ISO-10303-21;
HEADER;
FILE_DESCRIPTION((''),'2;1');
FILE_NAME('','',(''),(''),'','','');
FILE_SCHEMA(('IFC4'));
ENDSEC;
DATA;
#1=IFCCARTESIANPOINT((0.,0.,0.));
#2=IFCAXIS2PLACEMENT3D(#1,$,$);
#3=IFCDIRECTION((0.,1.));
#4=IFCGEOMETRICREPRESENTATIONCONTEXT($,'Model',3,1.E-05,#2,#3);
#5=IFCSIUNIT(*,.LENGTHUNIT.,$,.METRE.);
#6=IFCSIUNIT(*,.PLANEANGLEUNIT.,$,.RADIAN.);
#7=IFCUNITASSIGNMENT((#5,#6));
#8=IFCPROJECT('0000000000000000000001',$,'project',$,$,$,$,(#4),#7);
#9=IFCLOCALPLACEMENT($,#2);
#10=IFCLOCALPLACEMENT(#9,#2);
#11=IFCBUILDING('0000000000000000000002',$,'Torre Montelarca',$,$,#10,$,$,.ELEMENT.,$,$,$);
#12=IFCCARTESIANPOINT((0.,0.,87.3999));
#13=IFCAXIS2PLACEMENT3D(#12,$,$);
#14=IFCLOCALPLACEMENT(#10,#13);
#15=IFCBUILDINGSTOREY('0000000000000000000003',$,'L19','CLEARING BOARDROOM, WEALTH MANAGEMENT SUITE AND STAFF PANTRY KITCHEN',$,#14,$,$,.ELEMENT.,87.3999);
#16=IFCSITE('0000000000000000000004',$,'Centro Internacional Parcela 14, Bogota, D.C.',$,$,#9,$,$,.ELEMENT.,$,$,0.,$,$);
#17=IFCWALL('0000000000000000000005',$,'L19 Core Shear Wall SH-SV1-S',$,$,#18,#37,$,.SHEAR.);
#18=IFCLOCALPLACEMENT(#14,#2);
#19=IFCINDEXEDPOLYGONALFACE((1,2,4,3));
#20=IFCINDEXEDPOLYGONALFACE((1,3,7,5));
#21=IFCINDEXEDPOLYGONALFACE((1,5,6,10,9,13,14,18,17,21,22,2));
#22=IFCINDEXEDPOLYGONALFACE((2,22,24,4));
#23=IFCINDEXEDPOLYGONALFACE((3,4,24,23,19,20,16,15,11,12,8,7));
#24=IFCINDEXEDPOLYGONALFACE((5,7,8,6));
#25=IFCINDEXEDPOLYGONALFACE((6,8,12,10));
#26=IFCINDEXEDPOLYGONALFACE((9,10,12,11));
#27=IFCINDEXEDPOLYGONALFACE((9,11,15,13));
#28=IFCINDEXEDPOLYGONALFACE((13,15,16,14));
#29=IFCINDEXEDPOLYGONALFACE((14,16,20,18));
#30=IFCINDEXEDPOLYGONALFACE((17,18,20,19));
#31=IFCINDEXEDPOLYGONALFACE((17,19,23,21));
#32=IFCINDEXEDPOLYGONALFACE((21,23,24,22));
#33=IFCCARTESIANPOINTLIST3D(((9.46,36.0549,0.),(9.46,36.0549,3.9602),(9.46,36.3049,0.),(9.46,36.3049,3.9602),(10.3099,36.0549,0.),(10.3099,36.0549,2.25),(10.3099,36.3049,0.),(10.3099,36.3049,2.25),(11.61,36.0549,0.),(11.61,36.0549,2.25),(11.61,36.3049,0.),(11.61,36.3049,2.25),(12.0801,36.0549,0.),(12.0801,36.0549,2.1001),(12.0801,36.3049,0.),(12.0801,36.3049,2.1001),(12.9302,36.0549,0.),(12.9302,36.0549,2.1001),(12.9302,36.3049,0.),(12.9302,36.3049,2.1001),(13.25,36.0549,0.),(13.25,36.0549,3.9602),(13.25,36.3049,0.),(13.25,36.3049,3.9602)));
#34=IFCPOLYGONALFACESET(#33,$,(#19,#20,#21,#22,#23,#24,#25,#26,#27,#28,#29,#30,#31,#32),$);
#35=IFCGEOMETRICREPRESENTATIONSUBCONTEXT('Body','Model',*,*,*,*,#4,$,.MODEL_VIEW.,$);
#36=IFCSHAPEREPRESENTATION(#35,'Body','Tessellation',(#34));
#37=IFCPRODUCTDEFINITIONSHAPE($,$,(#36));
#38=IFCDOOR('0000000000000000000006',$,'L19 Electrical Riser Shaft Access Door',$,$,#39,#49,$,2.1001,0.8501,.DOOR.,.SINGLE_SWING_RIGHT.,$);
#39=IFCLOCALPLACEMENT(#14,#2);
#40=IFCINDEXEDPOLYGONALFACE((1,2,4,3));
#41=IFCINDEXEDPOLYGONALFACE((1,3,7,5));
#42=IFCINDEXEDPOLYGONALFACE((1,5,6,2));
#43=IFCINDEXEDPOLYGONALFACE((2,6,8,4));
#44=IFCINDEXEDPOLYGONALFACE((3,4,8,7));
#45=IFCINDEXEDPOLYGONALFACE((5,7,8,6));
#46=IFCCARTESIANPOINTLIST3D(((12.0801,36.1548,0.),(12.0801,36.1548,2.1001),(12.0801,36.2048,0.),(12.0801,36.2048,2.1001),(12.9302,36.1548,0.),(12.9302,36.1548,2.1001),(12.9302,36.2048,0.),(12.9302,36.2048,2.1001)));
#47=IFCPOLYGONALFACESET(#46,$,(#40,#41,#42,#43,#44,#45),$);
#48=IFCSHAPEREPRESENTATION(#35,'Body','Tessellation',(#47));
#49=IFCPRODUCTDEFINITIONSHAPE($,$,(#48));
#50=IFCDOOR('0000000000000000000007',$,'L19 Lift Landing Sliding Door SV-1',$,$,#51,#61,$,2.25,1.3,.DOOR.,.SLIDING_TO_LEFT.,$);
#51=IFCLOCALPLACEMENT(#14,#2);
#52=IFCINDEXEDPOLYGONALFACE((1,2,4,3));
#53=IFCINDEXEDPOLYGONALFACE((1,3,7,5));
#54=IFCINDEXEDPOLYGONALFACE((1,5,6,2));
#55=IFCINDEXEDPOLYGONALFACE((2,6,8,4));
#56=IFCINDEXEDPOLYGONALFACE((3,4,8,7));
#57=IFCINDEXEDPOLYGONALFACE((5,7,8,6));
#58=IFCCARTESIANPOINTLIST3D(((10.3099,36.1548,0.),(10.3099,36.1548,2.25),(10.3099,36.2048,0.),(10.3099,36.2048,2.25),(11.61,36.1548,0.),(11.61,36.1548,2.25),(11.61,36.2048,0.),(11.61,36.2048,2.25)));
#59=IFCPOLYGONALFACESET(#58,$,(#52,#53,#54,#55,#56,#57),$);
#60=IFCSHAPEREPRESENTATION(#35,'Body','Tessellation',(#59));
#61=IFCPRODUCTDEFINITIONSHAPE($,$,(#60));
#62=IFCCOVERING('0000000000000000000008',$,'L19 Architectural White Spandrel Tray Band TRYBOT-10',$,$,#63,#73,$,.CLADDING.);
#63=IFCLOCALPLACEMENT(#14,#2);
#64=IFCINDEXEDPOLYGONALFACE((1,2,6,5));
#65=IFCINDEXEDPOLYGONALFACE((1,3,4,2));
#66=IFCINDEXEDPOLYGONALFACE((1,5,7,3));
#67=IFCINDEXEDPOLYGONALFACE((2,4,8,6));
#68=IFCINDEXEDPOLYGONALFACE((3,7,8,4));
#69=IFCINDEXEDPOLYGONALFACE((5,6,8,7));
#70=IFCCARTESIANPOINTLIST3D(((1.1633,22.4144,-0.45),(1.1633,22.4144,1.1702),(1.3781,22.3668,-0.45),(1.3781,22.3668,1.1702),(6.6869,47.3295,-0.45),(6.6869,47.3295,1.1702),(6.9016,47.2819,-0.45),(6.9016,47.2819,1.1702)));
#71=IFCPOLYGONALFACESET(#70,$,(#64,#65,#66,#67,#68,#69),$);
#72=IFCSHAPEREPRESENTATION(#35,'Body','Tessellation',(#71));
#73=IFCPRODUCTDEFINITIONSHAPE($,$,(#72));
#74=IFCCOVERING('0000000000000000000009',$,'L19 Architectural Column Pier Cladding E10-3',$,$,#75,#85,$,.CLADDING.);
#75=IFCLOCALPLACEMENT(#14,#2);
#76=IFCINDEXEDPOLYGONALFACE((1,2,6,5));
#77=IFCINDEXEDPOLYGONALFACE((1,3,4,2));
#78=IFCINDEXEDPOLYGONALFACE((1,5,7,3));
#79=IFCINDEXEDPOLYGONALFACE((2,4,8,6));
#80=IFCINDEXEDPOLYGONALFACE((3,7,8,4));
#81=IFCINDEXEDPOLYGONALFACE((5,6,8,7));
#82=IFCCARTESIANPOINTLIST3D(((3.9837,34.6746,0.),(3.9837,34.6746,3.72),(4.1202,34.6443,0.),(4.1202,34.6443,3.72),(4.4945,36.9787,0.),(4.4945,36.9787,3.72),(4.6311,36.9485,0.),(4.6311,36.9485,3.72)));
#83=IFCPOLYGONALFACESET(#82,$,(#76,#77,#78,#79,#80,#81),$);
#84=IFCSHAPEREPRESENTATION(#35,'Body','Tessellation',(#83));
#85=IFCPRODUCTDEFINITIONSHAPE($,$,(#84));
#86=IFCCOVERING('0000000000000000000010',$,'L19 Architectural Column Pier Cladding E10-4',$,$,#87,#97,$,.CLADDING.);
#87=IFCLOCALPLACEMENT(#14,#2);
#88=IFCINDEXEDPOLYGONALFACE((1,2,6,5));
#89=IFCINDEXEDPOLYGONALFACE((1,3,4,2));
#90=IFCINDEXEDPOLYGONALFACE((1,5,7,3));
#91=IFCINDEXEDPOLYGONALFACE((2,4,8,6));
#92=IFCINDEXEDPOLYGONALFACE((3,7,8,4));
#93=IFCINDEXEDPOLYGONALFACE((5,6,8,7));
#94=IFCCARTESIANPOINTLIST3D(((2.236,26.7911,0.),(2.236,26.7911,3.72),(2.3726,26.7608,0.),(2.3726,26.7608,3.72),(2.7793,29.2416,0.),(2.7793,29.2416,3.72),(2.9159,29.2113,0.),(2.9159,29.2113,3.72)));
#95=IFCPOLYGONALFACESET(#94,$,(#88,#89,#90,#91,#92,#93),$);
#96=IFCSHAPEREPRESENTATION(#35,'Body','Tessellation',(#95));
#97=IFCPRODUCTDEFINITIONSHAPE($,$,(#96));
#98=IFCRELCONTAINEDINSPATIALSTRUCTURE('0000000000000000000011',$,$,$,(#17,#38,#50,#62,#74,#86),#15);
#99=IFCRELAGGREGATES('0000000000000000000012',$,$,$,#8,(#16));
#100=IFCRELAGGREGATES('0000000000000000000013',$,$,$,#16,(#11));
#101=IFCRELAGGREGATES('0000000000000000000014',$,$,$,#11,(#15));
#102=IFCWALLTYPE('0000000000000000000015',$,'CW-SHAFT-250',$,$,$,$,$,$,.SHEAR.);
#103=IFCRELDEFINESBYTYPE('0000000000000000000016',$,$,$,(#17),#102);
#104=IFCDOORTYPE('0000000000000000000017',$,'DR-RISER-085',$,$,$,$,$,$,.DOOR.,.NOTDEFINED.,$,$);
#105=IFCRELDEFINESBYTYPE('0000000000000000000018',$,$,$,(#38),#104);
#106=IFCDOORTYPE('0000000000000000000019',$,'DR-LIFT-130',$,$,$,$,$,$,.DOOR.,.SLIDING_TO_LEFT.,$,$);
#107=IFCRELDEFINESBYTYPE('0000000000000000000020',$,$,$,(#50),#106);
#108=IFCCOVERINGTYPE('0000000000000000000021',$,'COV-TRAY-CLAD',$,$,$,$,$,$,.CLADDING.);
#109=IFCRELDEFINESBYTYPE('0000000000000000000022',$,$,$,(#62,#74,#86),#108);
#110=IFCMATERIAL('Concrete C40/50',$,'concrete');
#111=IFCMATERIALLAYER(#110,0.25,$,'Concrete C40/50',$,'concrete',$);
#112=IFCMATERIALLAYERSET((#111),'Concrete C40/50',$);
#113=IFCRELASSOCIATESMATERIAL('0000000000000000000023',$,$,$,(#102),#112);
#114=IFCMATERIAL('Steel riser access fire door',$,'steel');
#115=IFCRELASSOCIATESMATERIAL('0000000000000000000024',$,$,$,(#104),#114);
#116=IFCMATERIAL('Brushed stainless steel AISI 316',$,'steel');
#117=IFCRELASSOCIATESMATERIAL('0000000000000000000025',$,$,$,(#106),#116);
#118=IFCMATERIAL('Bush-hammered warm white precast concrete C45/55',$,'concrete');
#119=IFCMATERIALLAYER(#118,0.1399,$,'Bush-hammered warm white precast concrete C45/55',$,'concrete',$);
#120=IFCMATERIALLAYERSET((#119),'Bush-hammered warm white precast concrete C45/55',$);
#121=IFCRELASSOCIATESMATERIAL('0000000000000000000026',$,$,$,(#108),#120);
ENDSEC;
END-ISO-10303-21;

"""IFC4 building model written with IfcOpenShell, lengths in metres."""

from ifc_helpers import new_model, si_unit, direction, frame, frame_2d, origin, origin_2d, place, context, subcontext, project, spatial, rectangle, extrude, source, transform, mapped, material, layer, layer_set, type_object, element, fill, save


model = new_model("IFC4")

# Units and contexts
model_context = context("Model", 3, precision=1e-05, world=origin(), true_north=direction((0.0, 1.0)))
body_context = subcontext(model_context, "Body", "Model", "MODEL_VIEW")
ifc_project = project(units=[si_unit("LENGTHUNIT", "METRE"), si_unit("PLANEANGLEUNIT", "RADIAN")], contexts=[model_context])

# Site, building, storey
site_placement = place(None, origin())
site = spatial("IfcSite", under=ifc_project, at=site_placement, Name="Centro Internacional Parcela 14, Bogota, D.C.", CompositionType="ELEMENT", RefElevation=0.0)
building_placement = place(site_placement, origin())
building = spatial("IfcBuilding", under=site, at=building_placement, Name="Torre Montelarca", CompositionType="ELEMENT")
storey_placement = place(building_placement, frame((0.0, 0.0, 87.3999)))
storey = spatial("IfcBuildingStorey", under=building, at=storey_placement, Name="L19", Description="CLEARING BOARDROOM, WEALTH MANAGEMENT SUITE AND STAFF PANTRY KITCHEN", CompositionType="ELEMENT", Elevation=87.3999)

# Shared definitions
ifc_material_1 = material(Name="Concrete C40/50", Category="concrete")
ifc_layer_1 = layer(ifc_material_1, 0.25, Name="Concrete C40/50", Category="concrete")
ifc_layer_set_1 = layer_set([ifc_layer_1], Name="Concrete C40/50")
wall_type_1 = type_object("IfcWallType", Name="CW-SHAFT-250", PredefinedType="SHEAR", material=ifc_layer_set_1)

# Wall, openings, doors
wall_1_placement = place(storey_placement, frame((9.46, 36.1799, 0.0), z_axis=(0.0, 0.0, 1.0), x_axis=(1.0, 0.0, 0.0)))
wall_1 = element("IfcWall", 1, at=wall_1_placement, inside=storey, type_object=wall_type_1, Name="L19 Core Shear Wall SH-SV1-S", PredefinedType="SHEAR", context=body_context, shape_type="SweptSolid", body=[
    extrude(rectangle(XDim=3.79, YDim=0.25, at=frame_2d((1.895, 0.0))), origin(), (0.0, 0.0, 1.0), 3.9602),
])
opening_1_placement = place(wall_1_placement, frame((2.6201, 0.0, 0.0)))
opening_1 = element("IfcOpeningElement", 2, at=opening_1_placement, cuts=wall_1, PredefinedType="OPENING", context=body_context, shape_type="SweptSolid", body=[
    extrude(rectangle(XDim=0.8501, YDim=2.1001, at=frame_2d((0.425, 1.05))), frame((0.0, 0.135, 0.0), z_axis=(0.0, -1.0, 0.0), x_axis=(1.0, 0.0, 0.0)), (0.0, 0.0, 1.0), 0.27),
])
opening_2_placement = place(wall_1_placement, frame((0.8501, 0.0, 0.0)))
opening_2 = element("IfcOpeningElement", 3, at=opening_2_placement, cuts=wall_1, PredefinedType="OPENING", context=body_context, shape_type="SweptSolid", body=[
    extrude(rectangle(XDim=1.3, YDim=2.25, at=frame_2d((0.6499, 1.125))), frame((0.0, 0.135, 0.0), z_axis=(0.0, -1.0, 0.0), x_axis=(1.0, 0.0, 0.0)), (0.0, 0.0, 1.0), 0.27),
])
ifc_material_2 = material(Name="Steel riser access fire door", Category="steel")
door_type_1 = type_object("IfcDoorType", Name="DR-RISER-085", OperationType="NOTDEFINED", PredefinedType="DOOR", material=ifc_material_2)
shared_shape_1 = source(origin(), body_context, "Body", "SweptSolid", [
    extrude(rectangle(XDim=0.8501, YDim=2.1001, at=frame_2d((0.425, 1.05))), frame((0.0, 0.0249, 0.0), z_axis=(0.0, -1.0, 0.0), x_axis=(1.0, 0.0, 0.0)), (0.0, 0.0, 1.0), 0.05),
])
door_1_placement = place(opening_1_placement, origin())
door_1 = element("IfcDoor", 4, at=door_1_placement, inside=storey, type_object=door_type_1, Name="L19 Electrical Riser Shaft Access Door", OperationType="SINGLE_SWING_RIGHT", OverallHeight=2.1001, OverallWidth=0.8501, PredefinedType="DOOR", context=body_context, shape_type="MappedRepresentation", body=[
    mapped(shared_shape_1, transform((0.0, 0.0, 0.0), scale=1.0)),
])
fill(opening_1, door_1)
ifc_material_3 = material(Name="Brushed stainless steel AISI 316", Category="steel")
door_type_2 = type_object("IfcDoorType", Name="DR-LIFT-130", OperationType="SLIDING_TO_LEFT", PredefinedType="DOOR", material=ifc_material_3)
shared_shape_2 = source(origin(), body_context, "Body", "SweptSolid", [
    extrude(rectangle(XDim=1.3, YDim=2.25, at=frame_2d((0.6499, 1.125))), frame((0.0, 0.0249, 0.0), z_axis=(0.0, -1.0, 0.0), x_axis=(1.0, 0.0, 0.0)), (0.0, 0.0, 1.0), 0.05),
])
door_2_placement = place(opening_2_placement, origin())
door_2 = element("IfcDoor", 5, at=door_2_placement, inside=storey, type_object=door_type_2, Name="L19 Lift Landing Sliding Door SV-1", OperationType="SLIDING_TO_LEFT", OverallHeight=2.25, OverallWidth=1.3, PredefinedType="DOOR", context=body_context, shape_type="MappedRepresentation", body=[
    mapped(shared_shape_2, transform((0.0, 0.0, 0.0), scale=1.0)),
])
fill(opening_2, door_2)

# Coverings
ifc_material_4 = material(Name="Bush-hammered warm white precast concrete C45/55", Category="concrete")
ifc_layer_2 = layer(ifc_material_4, 0.1399, Name="Bush-hammered warm white precast concrete C45/55", Category="concrete")
ifc_layer_set_2 = layer_set([ifc_layer_2], Name="Bush-hammered warm white precast concrete C45/55")
covering_type = type_object("IfcCoveringType", Name="COV-TRAY-CLAD", PredefinedType="CLADDING", material=ifc_layer_set_2)
shared_shape_3 = source(origin(), body_context, "Body", "SweptSolid", [
    extrude(rectangle(XDim=25.52, YDim=0.22, at=origin_2d()), origin(), (0.0, 0.0, 1.0), 1.6201),
])
covering_1_placement = place(storey_placement, frame((4.0325, 34.8481, -0.45), z_axis=(0.0, 0.0, 1.0), x_axis=(-0.216441, -0.976296, 0.0)))
element("IfcCovering", 6, at=covering_1_placement, inside=storey, type_object=covering_type, Name="L19 Architectural White Spandrel Tray Band TRYBOT-10", PredefinedType="CLADDING", context=body_context, shape_type="MappedRepresentation", body=[
    mapped(shared_shape_3, transform((0.0, 0.0, 0.0), scale=1.0)),
])
shared_shape_4 = source(origin(), body_context, "Body", "SweptSolid", [
    extrude(rectangle(XDim=2.3601, YDim=0.1399, at=origin_2d()), origin(), (0.0, 0.0, 1.0), 3.72),
])
covering_2_placement = place(storey_placement, frame((4.3074, 35.8115, 0.0), z_axis=(0.0, 0.0, 1.0), x_axis=(-0.216441, -0.976296, 0.0)))
element("IfcCovering", 7, at=covering_2_placement, inside=storey, type_object=covering_type, Name="L19 Architectural Column Pier Cladding E10-3", PredefinedType="CLADDING", context=body_context, shape_type="MappedRepresentation", body=[
    mapped(shared_shape_4, transform((0.0, 0.0, 0.0), scale=1.0)),
])
shared_shape_5 = source(origin(), body_context, "Body", "SweptSolid", [
    extrude(rectangle(XDim=2.51, YDim=0.1399, at=origin_2d()), origin(), (0.0, 0.0, 1.0), 3.72),
])
covering_3_placement = place(storey_placement, frame((2.5759, 28.0012, 0.0), z_axis=(0.0, 0.0, 1.0), x_axis=(-0.216441, -0.976296, 0.0)))
element("IfcCovering", 8, at=covering_3_placement, inside=storey, type_object=covering_type, Name="L19 Architectural Column Pier Cladding E10-4", PredefinedType="CLADDING", context=body_context, shape_type="MappedRepresentation", body=[
    mapped(shared_shape_5, transform((0.0, 0.0, 0.0), scale=1.0)),
])

save(model, "model.ifc")
